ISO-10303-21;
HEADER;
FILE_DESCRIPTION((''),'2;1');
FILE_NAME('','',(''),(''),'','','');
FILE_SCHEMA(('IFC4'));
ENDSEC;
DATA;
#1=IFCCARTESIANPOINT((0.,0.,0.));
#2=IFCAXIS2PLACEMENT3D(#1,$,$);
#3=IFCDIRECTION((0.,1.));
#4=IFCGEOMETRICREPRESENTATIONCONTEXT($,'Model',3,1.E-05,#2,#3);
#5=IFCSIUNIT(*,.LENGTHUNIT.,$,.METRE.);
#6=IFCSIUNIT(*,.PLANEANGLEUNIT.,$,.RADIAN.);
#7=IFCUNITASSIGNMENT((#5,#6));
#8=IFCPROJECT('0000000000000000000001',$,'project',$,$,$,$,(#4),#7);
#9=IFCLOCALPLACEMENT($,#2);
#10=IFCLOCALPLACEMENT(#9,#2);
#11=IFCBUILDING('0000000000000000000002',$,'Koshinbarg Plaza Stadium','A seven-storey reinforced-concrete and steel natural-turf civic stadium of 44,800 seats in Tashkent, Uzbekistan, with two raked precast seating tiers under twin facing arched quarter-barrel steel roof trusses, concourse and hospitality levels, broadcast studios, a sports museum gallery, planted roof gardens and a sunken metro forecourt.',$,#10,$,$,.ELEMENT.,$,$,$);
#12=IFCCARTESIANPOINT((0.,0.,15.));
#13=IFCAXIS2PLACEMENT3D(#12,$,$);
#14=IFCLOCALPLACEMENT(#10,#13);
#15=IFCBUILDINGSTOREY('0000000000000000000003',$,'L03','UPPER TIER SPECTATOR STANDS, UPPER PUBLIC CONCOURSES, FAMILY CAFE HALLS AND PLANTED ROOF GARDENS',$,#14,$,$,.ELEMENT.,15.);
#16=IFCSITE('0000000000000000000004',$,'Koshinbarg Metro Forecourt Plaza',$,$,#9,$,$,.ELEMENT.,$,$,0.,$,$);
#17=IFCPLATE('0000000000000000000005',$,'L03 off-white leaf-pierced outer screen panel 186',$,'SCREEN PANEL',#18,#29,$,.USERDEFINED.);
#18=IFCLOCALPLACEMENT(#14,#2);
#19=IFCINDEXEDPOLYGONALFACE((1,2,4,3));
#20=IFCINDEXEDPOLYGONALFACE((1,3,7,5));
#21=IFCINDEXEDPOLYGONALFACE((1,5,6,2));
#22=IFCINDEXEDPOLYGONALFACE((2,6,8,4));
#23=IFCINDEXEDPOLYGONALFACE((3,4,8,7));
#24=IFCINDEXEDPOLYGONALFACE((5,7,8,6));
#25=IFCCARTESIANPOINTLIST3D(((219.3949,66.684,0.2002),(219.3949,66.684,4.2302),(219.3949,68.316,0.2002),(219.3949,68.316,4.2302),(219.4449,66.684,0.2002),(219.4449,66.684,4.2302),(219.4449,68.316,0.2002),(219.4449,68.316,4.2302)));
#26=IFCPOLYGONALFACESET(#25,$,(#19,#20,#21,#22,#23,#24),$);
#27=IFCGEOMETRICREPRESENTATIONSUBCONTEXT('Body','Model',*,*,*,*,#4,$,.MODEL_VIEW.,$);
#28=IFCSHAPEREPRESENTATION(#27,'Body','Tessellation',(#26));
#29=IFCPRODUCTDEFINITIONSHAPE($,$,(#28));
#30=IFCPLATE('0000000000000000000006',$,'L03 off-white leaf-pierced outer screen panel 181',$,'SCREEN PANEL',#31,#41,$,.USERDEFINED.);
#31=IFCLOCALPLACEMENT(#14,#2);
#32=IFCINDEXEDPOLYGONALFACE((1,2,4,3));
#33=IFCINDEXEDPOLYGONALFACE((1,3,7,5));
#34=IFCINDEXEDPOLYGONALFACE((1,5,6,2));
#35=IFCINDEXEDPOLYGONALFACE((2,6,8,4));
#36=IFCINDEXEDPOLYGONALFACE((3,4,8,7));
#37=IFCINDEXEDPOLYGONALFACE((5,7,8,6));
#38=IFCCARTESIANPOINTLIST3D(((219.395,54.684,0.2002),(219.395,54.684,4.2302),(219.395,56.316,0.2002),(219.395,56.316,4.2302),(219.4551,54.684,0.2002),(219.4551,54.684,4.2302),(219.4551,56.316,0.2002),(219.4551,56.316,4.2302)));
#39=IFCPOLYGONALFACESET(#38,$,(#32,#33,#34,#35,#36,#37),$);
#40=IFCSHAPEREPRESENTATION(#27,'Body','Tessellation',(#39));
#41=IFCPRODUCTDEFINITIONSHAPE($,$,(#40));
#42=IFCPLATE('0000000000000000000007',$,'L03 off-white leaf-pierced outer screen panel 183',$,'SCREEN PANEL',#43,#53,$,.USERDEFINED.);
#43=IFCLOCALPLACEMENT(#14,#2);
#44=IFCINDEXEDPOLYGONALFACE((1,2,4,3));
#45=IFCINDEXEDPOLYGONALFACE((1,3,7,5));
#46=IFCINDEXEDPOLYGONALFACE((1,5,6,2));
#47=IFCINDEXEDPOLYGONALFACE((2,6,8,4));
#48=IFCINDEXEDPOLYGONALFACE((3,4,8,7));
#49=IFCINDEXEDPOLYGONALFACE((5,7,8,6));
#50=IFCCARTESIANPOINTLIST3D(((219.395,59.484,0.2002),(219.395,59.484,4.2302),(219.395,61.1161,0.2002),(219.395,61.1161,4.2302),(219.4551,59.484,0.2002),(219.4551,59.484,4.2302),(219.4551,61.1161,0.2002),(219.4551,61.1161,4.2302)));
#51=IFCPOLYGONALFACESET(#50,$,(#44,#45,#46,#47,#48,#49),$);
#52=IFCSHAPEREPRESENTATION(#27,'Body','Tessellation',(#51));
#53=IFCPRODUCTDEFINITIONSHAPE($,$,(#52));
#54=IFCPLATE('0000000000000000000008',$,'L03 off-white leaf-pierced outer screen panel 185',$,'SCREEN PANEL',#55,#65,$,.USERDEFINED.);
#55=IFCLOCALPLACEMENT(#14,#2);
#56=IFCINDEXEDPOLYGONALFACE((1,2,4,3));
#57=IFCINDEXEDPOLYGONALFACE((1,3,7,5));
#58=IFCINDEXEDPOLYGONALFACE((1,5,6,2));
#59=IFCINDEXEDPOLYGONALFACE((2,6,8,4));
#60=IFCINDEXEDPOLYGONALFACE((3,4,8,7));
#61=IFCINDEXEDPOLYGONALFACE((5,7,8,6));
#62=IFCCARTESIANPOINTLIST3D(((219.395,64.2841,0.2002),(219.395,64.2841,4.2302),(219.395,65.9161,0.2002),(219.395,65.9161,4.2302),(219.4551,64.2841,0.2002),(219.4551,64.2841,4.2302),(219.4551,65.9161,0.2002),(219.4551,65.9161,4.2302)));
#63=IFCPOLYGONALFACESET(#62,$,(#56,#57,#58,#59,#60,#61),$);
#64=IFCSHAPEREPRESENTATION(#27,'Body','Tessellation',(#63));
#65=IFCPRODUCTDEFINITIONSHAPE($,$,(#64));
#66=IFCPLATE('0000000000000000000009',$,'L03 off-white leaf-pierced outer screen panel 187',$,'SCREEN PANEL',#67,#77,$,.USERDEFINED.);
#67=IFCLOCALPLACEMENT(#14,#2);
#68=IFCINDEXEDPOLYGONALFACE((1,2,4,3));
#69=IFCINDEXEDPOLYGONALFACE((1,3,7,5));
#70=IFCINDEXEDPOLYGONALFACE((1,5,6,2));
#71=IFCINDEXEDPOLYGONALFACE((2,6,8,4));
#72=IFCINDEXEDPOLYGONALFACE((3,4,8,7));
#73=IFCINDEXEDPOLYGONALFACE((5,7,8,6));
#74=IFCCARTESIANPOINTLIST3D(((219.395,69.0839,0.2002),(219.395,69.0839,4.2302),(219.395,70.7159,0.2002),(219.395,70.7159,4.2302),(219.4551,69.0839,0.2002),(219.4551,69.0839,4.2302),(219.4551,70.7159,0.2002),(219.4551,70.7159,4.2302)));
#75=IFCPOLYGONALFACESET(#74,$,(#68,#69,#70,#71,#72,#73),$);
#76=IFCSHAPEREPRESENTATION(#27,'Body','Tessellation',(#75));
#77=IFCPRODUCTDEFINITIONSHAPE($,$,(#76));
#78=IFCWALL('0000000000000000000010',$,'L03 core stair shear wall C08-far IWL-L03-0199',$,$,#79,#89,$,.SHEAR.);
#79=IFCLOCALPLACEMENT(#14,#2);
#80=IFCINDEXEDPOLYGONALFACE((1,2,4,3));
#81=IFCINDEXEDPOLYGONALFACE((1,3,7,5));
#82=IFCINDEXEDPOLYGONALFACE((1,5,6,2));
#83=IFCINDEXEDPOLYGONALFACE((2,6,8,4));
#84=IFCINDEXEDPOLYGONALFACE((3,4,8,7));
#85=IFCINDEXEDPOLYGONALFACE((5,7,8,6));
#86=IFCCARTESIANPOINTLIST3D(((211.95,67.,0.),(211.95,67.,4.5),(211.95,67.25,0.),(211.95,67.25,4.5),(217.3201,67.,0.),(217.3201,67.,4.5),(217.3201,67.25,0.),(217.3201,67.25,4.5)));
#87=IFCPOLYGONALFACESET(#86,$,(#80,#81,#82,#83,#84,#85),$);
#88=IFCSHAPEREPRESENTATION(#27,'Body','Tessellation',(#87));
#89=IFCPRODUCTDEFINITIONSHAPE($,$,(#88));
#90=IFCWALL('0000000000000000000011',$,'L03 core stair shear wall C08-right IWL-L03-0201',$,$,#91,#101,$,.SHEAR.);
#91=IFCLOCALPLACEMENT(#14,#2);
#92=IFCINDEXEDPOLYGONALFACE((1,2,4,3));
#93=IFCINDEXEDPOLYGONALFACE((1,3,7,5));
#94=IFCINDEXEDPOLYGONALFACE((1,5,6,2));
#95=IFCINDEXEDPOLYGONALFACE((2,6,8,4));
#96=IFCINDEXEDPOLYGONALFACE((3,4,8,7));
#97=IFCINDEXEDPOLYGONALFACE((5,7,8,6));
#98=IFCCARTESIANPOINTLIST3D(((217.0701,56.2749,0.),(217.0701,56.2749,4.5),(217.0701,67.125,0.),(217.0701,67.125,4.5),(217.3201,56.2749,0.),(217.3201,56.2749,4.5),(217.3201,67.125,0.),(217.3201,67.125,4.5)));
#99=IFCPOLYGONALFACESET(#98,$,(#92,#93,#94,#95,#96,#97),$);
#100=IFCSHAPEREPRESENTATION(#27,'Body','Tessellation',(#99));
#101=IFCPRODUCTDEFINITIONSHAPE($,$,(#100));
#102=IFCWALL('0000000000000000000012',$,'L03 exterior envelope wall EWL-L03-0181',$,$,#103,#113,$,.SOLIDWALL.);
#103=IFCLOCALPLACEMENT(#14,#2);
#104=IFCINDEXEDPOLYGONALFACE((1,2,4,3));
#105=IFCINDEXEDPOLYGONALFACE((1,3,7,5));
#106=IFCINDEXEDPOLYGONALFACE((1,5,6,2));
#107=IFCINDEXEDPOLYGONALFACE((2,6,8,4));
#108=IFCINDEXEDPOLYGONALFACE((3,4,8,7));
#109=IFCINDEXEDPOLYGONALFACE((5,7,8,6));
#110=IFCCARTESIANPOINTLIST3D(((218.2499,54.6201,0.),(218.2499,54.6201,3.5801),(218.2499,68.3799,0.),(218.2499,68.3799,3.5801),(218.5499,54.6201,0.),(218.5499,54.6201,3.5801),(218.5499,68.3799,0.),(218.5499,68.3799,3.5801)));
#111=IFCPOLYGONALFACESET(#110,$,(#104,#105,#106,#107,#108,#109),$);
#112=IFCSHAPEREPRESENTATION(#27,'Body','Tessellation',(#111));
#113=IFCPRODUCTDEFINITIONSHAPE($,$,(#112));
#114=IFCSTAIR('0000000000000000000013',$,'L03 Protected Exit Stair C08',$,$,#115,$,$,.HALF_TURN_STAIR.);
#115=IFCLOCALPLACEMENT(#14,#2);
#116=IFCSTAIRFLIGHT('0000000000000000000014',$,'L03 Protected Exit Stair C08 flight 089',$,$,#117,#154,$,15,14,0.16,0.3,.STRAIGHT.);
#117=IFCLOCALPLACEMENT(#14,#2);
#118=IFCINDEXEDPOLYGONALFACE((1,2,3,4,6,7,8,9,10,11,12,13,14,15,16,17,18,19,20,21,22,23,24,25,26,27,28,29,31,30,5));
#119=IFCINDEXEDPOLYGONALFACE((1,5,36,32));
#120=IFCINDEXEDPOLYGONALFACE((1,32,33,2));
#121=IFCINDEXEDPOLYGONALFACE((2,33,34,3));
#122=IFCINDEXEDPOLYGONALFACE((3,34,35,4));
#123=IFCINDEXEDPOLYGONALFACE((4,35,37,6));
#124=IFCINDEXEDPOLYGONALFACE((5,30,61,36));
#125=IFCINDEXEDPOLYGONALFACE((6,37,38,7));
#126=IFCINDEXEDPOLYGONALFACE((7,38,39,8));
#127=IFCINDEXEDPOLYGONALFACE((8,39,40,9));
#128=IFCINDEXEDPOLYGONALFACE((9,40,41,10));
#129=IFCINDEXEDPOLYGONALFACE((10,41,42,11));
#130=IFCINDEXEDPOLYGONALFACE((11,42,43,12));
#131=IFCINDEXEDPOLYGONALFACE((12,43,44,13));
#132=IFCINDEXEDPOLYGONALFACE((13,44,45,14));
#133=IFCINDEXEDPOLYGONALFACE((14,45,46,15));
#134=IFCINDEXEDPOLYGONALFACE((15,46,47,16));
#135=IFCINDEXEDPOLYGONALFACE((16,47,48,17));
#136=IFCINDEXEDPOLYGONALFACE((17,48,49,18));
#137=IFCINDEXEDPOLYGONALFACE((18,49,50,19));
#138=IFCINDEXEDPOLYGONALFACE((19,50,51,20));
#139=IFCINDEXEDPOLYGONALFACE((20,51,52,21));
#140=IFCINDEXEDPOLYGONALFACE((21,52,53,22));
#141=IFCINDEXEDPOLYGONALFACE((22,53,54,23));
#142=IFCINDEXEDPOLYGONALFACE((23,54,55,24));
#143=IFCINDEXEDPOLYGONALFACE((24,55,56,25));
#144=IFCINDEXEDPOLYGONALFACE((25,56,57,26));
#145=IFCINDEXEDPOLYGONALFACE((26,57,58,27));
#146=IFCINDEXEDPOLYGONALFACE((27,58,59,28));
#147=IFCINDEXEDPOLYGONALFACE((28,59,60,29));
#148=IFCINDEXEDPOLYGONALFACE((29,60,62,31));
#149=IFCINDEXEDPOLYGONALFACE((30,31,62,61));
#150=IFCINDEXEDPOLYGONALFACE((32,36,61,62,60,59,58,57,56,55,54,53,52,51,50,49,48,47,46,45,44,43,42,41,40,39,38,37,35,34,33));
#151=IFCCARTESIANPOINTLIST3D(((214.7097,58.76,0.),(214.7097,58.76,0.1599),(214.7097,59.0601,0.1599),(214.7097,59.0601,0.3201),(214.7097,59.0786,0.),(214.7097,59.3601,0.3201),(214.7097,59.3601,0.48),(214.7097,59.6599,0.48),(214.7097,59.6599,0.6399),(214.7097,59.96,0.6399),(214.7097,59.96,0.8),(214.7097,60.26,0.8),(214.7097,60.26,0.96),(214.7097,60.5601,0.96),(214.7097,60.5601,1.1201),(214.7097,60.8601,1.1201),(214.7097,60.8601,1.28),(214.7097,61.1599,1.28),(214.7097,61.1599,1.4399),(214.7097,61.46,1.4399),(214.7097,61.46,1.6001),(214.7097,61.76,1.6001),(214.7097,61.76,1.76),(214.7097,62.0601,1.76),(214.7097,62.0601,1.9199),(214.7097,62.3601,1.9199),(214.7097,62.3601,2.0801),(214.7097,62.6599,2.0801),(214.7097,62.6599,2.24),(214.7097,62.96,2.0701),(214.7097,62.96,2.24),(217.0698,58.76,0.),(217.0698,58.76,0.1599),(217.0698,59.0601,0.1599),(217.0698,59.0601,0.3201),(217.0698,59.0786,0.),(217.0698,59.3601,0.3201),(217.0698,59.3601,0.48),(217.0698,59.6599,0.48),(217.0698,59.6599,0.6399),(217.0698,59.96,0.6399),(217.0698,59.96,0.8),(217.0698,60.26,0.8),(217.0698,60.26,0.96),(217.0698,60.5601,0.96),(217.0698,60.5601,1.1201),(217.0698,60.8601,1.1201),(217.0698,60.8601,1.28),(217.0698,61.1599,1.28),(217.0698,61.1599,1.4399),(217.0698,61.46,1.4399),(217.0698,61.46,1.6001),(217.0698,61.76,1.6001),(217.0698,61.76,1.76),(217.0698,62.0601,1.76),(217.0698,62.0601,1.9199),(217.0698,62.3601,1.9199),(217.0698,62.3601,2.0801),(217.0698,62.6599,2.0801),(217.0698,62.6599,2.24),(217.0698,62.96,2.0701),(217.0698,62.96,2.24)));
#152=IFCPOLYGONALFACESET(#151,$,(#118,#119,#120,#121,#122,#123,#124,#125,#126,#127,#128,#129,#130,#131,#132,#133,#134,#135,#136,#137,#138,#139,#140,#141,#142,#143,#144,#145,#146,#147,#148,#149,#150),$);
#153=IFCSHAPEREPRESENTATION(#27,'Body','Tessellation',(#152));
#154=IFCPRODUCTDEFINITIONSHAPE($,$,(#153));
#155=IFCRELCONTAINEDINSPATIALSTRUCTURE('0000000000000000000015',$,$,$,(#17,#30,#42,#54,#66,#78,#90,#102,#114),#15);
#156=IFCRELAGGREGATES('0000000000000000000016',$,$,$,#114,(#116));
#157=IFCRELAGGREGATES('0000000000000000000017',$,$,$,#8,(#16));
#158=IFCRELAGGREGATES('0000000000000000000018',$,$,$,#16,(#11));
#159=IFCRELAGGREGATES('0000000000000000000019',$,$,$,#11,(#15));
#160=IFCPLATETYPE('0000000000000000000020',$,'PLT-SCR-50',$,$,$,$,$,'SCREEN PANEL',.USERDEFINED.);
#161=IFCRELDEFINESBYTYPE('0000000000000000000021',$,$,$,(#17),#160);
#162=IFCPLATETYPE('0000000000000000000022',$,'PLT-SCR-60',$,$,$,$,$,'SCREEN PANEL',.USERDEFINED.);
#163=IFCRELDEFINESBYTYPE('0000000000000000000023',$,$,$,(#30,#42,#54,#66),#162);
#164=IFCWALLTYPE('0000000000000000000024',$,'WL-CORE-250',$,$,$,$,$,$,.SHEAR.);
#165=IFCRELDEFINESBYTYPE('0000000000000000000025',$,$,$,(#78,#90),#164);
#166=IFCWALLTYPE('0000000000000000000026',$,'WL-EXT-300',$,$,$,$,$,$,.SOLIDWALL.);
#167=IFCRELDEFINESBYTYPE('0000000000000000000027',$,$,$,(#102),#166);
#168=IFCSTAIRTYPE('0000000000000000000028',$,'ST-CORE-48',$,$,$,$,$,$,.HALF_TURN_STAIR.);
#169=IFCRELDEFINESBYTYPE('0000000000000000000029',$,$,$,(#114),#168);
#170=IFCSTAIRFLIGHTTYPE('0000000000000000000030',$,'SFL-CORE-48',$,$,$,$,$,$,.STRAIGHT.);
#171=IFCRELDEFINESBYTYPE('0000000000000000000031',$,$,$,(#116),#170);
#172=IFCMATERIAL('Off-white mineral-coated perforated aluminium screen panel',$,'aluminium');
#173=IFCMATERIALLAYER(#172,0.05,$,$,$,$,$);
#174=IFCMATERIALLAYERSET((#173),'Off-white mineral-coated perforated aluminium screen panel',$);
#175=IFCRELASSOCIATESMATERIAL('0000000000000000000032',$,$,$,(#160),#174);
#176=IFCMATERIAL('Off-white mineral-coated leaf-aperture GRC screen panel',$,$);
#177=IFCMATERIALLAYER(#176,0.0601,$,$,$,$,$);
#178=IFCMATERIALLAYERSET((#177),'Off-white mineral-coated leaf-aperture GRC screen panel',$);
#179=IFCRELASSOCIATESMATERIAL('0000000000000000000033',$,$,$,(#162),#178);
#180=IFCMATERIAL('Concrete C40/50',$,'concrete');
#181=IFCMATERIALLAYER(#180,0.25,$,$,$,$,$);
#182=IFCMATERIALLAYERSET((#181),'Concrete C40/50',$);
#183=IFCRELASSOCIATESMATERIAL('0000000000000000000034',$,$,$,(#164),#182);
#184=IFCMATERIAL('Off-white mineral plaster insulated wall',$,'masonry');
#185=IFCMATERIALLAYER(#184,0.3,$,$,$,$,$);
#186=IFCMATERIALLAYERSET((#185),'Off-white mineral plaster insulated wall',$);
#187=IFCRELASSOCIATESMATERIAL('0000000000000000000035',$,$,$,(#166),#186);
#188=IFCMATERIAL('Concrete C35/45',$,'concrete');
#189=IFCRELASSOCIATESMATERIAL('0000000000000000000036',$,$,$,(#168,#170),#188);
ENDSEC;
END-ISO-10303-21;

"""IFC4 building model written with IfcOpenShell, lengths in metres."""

from ifc_helpers import new_model, si_unit, direction, frame, frame_2d, origin, origin_2d, place, context, subcontext, project, spatial, polyline, rectangle, outline, extrude, material, layer, layer_set, type_object, element, aggregate, save


model = new_model("IFC4")

# Units and contexts
model_context = context("Model", 3, precision=1e-05, world=origin(), true_north=direction((0.0, 1.0)))
body_context = subcontext(model_context, "Body", "Model", "MODEL_VIEW")
ifc_project = project(units=[si_unit("LENGTHUNIT", "METRE"), si_unit("PLANEANGLEUNIT", "RADIAN")], contexts=[model_context])

# Site, building, storey
site_placement = place(None, origin())
site = spatial("IfcSite", under=ifc_project, at=site_placement, Name="Koshinbarg Metro Forecourt Plaza", CompositionType="ELEMENT", RefElevation=0.0)
building_placement = place(site_placement, origin())
building = spatial("IfcBuilding", under=site, at=building_placement, Name="Koshinbarg Plaza Stadium", Description="A seven-storey reinforced-concrete and steel natural-turf civic stadium of 44,800 seats in Tashkent, Uzbekistan, with two raked precast seating tiers under twin facing arched quarter-barrel steel roof trusses, concourse and hospitality levels, broadcast studios, a sports museum gallery, planted roof gardens and a sunken metro forecourt.", CompositionType="ELEMENT")
storey_placement = place(building_placement, frame((0.0, 0.0, 15.0)))
storey = spatial("IfcBuildingStorey", under=building, at=storey_placement, Name="L03", Description="UPPER TIER SPECTATOR STANDS, UPPER PUBLIC CONCOURSES, FAMILY CAFE HALLS AND PLANTED ROOF GARDENS", CompositionType="ELEMENT", Elevation=15.0)

# Shared definitions
ifc_material_1 = material(Name="Concrete C40/50", Category="concrete")

# Plates
ifc_material_2 = material(Name="Off-white mineral-coated perforated aluminium screen panel", Category="aluminium")
ifc_layer_1 = layer(ifc_material_2, 0.05)
ifc_layer_set_1 = layer_set([ifc_layer_1], Name="Off-white mineral-coated perforated aluminium screen panel")
plate_type_1 = type_object("IfcPlateType", Name="PLT-SCR-50", ElementType="SCREEN PANEL", PredefinedType="USERDEFINED", material=ifc_layer_set_1)
for number, where, z_axis, x_axis, name in (
    (1, (219.4199, 67.5, 0.2002), (0.0, 0.0, 1.0), (1.0, 0.0, 0.0), "L03 off-white leaf-pierced outer screen panel 186"),
):
    element("IfcPlate", number, at=place(storey_placement, frame(where, z_axis=z_axis, x_axis=x_axis)), inside=storey, type_object=plate_type_1, Name=name, ObjectType="SCREEN PANEL", PredefinedType="USERDEFINED", context=body_context, shape_type="SweptSolid", body=[
        extrude(rectangle(XDim=0.05, YDim=1.6321, at=origin_2d()), origin(), (0.0, 0.0, 1.0), 4.03),
    ])
ifc_material_3 = material(Name="Off-white mineral-coated leaf-aperture GRC screen panel")
ifc_layer_2 = layer(ifc_material_3, 0.0601)
ifc_layer_set_2 = layer_set([ifc_layer_2], Name="Off-white mineral-coated leaf-aperture GRC screen panel")
plate_type_2 = type_object("IfcPlateType", Name="PLT-SCR-60", ElementType="SCREEN PANEL", PredefinedType="USERDEFINED", material=ifc_layer_set_2)
for number, where, z_axis, x_axis, name in (
    (2, (219.425, 55.5, 0.2002), (0.0, 0.0, 1.0), (1.0, 0.0, 0.0), "L03 off-white leaf-pierced outer screen panel 181"),
    (3, (219.425, 60.3, 0.2002), (0.0, 0.0, 1.0), (1.0, 0.0, 0.0), "L03 off-white leaf-pierced outer screen panel 183"),
    (4, (219.425, 65.1001, 0.2002), (0.0, 0.0, 1.0), (1.0, 0.0, 0.0), "L03 off-white leaf-pierced outer screen panel 185"),
    (5, (219.425, 69.8999, 0.2002), (0.0, 0.0, 1.0), (1.0, 0.0, 0.0), "L03 off-white leaf-pierced outer screen panel 187"),
):
    element("IfcPlate", number, at=place(storey_placement, frame(where, z_axis=z_axis, x_axis=x_axis)), inside=storey, type_object=plate_type_2, Name=name, ObjectType="SCREEN PANEL", PredefinedType="USERDEFINED", context=body_context, shape_type="SweptSolid", body=[
        extrude(rectangle(XDim=0.0601, YDim=1.6321, at=origin_2d()), origin(), (0.0, 0.0, 1.0), 4.03),
    ])

# Walls
ifc_layer_3 = layer(ifc_material_1, 0.25)
ifc_layer_set_3 = layer_set([ifc_layer_3], Name="Concrete C40/50")
wall_type_1 = type_object("IfcWallType", Name="WL-CORE-250", PredefinedType="SHEAR", material=ifc_layer_set_3)
wall_1_placement = place(storey_placement, frame((217.3201, 67.125, 0.0), z_axis=(0.0, 0.0, 1.0), x_axis=(-1.0, 0.0, 0.0)))
element("IfcWall", 6, at=wall_1_placement, inside=storey, type_object=wall_type_1, Name="L03 core stair shear wall C08-far IWL-L03-0199", PredefinedType="SHEAR", context=body_context, shape_type="SweptSolid", body=[
    extrude(rectangle(XDim=5.3701, YDim=0.25, at=frame_2d((2.6851, 0.0))), origin(), (0.0, 0.0, 1.0), 4.5),
])
wall_2_placement = place(storey_placement, frame((217.1951, 56.2749, 0.0), z_axis=(0.0, 0.0, 1.0), x_axis=(0.0, 1.0, 0.0)))
element("IfcWall", 7, at=wall_2_placement, inside=storey, type_object=wall_type_1, Name="L03 core stair shear wall C08-right IWL-L03-0201", PredefinedType="SHEAR", context=body_context, shape_type="SweptSolid", body=[
    extrude(rectangle(XDim=10.8501, YDim=0.25, at=frame_2d((5.425, 0.0))), origin(), (0.0, 0.0, 1.0), 4.5),
])
ifc_material_4 = material(Name="Off-white mineral plaster insulated wall", Category="masonry")
ifc_layer_4 = layer(ifc_material_4, 0.3)
ifc_layer_set_4 = layer_set([ifc_layer_4], Name="Off-white mineral plaster insulated wall")
wall_type_2 = type_object("IfcWallType", Name="WL-EXT-300", PredefinedType="SOLIDWALL", material=ifc_layer_set_4)
wall_3_placement = place(storey_placement, frame((218.3999, 68.3799, 0.0), z_axis=(0.0, 0.0, 1.0), x_axis=(0.0, -1.0, 0.0)))
element("IfcWall", 8, at=wall_3_placement, inside=storey, type_object=wall_type_2, Name="L03 exterior envelope wall EWL-L03-0181", PredefinedType="SOLIDWALL", context=body_context, shape_type="SweptSolid", body=[
    extrude(rectangle(XDim=13.7598, YDim=0.3, at=frame_2d((6.8799, 0.0))), origin(), (0.0, 0.0, 1.0), 3.5801),
])

# Stair, stair flight
ifc_material_5 = material(Name="Concrete C35/45", Category="concrete")
stair_type = type_object("IfcStairType", Name="ST-CORE-48", PredefinedType="HALF_TURN_STAIR", material=ifc_material_5)
stair_placement = place(storey_placement, origin())
stair = element("IfcStair", 9, at=stair_placement, inside=storey, type_object=stair_type, Name="L03 Protected Exit Stair C08", PredefinedType="HALF_TURN_STAIR")
stair_flight_type = type_object("IfcStairFlightType", Name="SFL-CORE-48", PredefinedType="STRAIGHT", material=ifc_material_5)
stair_flight_placement = place(storey_placement, frame((215.8899, 58.76, 0.0), z_axis=(0.0, 0.0, 1.0), x_axis=(0.0, 1.0, 0.0)))
stair_flight = element("IfcStairFlight", 10, at=stair_flight_placement, type_object=stair_flight_type, Name="L03 Protected Exit Stair C08 flight 089", NumberOfRisers=15, NumberOfTreads=14, PredefinedType="STRAIGHT", RiserHeight=0.16, TreadLength=0.3, context=body_context, shape_type="SweptSolid", body=[
    extrude(outline(polyline([(0.0, 0.0), (0.0, 0.1599), (0.3, 0.1599), (0.3, 0.3201), (0.6001, 0.3201), (0.6001, 0.48), (0.8999, 0.48), (0.8999, 0.6399), (1.2, 0.6399), (1.2, 0.8), (1.5, 0.8), (1.5, 0.96), (1.8, 0.96), (1.8, 1.1201), (2.1001, 1.1201), (2.1001, 1.28), (2.3999, 1.28), (2.3999, 1.4399), (2.7, 1.4399), (2.7, 1.6001), (3.0, 1.6001), (3.0, 1.76), (3.3, 1.76), (3.3, 1.9199), (3.6001, 1.9199), (3.6001, 2.0801), (3.8999, 2.0801), (3.8999, 2.24), (4.2, 2.24), (4.2, 2.3999), (4.2, 2.0701), (0.3186, 0.0), (0.0, 0.0)])), frame((0.0, 1.1802, 0.0), z_axis=(0.0, -1.0, 0.0), x_axis=(1.0, 0.0, 0.0)), (0.0, 0.0, 1.0), 2.3601),
])
aggregate(stair, [stair_flight])

save(model, "model.ifc")
